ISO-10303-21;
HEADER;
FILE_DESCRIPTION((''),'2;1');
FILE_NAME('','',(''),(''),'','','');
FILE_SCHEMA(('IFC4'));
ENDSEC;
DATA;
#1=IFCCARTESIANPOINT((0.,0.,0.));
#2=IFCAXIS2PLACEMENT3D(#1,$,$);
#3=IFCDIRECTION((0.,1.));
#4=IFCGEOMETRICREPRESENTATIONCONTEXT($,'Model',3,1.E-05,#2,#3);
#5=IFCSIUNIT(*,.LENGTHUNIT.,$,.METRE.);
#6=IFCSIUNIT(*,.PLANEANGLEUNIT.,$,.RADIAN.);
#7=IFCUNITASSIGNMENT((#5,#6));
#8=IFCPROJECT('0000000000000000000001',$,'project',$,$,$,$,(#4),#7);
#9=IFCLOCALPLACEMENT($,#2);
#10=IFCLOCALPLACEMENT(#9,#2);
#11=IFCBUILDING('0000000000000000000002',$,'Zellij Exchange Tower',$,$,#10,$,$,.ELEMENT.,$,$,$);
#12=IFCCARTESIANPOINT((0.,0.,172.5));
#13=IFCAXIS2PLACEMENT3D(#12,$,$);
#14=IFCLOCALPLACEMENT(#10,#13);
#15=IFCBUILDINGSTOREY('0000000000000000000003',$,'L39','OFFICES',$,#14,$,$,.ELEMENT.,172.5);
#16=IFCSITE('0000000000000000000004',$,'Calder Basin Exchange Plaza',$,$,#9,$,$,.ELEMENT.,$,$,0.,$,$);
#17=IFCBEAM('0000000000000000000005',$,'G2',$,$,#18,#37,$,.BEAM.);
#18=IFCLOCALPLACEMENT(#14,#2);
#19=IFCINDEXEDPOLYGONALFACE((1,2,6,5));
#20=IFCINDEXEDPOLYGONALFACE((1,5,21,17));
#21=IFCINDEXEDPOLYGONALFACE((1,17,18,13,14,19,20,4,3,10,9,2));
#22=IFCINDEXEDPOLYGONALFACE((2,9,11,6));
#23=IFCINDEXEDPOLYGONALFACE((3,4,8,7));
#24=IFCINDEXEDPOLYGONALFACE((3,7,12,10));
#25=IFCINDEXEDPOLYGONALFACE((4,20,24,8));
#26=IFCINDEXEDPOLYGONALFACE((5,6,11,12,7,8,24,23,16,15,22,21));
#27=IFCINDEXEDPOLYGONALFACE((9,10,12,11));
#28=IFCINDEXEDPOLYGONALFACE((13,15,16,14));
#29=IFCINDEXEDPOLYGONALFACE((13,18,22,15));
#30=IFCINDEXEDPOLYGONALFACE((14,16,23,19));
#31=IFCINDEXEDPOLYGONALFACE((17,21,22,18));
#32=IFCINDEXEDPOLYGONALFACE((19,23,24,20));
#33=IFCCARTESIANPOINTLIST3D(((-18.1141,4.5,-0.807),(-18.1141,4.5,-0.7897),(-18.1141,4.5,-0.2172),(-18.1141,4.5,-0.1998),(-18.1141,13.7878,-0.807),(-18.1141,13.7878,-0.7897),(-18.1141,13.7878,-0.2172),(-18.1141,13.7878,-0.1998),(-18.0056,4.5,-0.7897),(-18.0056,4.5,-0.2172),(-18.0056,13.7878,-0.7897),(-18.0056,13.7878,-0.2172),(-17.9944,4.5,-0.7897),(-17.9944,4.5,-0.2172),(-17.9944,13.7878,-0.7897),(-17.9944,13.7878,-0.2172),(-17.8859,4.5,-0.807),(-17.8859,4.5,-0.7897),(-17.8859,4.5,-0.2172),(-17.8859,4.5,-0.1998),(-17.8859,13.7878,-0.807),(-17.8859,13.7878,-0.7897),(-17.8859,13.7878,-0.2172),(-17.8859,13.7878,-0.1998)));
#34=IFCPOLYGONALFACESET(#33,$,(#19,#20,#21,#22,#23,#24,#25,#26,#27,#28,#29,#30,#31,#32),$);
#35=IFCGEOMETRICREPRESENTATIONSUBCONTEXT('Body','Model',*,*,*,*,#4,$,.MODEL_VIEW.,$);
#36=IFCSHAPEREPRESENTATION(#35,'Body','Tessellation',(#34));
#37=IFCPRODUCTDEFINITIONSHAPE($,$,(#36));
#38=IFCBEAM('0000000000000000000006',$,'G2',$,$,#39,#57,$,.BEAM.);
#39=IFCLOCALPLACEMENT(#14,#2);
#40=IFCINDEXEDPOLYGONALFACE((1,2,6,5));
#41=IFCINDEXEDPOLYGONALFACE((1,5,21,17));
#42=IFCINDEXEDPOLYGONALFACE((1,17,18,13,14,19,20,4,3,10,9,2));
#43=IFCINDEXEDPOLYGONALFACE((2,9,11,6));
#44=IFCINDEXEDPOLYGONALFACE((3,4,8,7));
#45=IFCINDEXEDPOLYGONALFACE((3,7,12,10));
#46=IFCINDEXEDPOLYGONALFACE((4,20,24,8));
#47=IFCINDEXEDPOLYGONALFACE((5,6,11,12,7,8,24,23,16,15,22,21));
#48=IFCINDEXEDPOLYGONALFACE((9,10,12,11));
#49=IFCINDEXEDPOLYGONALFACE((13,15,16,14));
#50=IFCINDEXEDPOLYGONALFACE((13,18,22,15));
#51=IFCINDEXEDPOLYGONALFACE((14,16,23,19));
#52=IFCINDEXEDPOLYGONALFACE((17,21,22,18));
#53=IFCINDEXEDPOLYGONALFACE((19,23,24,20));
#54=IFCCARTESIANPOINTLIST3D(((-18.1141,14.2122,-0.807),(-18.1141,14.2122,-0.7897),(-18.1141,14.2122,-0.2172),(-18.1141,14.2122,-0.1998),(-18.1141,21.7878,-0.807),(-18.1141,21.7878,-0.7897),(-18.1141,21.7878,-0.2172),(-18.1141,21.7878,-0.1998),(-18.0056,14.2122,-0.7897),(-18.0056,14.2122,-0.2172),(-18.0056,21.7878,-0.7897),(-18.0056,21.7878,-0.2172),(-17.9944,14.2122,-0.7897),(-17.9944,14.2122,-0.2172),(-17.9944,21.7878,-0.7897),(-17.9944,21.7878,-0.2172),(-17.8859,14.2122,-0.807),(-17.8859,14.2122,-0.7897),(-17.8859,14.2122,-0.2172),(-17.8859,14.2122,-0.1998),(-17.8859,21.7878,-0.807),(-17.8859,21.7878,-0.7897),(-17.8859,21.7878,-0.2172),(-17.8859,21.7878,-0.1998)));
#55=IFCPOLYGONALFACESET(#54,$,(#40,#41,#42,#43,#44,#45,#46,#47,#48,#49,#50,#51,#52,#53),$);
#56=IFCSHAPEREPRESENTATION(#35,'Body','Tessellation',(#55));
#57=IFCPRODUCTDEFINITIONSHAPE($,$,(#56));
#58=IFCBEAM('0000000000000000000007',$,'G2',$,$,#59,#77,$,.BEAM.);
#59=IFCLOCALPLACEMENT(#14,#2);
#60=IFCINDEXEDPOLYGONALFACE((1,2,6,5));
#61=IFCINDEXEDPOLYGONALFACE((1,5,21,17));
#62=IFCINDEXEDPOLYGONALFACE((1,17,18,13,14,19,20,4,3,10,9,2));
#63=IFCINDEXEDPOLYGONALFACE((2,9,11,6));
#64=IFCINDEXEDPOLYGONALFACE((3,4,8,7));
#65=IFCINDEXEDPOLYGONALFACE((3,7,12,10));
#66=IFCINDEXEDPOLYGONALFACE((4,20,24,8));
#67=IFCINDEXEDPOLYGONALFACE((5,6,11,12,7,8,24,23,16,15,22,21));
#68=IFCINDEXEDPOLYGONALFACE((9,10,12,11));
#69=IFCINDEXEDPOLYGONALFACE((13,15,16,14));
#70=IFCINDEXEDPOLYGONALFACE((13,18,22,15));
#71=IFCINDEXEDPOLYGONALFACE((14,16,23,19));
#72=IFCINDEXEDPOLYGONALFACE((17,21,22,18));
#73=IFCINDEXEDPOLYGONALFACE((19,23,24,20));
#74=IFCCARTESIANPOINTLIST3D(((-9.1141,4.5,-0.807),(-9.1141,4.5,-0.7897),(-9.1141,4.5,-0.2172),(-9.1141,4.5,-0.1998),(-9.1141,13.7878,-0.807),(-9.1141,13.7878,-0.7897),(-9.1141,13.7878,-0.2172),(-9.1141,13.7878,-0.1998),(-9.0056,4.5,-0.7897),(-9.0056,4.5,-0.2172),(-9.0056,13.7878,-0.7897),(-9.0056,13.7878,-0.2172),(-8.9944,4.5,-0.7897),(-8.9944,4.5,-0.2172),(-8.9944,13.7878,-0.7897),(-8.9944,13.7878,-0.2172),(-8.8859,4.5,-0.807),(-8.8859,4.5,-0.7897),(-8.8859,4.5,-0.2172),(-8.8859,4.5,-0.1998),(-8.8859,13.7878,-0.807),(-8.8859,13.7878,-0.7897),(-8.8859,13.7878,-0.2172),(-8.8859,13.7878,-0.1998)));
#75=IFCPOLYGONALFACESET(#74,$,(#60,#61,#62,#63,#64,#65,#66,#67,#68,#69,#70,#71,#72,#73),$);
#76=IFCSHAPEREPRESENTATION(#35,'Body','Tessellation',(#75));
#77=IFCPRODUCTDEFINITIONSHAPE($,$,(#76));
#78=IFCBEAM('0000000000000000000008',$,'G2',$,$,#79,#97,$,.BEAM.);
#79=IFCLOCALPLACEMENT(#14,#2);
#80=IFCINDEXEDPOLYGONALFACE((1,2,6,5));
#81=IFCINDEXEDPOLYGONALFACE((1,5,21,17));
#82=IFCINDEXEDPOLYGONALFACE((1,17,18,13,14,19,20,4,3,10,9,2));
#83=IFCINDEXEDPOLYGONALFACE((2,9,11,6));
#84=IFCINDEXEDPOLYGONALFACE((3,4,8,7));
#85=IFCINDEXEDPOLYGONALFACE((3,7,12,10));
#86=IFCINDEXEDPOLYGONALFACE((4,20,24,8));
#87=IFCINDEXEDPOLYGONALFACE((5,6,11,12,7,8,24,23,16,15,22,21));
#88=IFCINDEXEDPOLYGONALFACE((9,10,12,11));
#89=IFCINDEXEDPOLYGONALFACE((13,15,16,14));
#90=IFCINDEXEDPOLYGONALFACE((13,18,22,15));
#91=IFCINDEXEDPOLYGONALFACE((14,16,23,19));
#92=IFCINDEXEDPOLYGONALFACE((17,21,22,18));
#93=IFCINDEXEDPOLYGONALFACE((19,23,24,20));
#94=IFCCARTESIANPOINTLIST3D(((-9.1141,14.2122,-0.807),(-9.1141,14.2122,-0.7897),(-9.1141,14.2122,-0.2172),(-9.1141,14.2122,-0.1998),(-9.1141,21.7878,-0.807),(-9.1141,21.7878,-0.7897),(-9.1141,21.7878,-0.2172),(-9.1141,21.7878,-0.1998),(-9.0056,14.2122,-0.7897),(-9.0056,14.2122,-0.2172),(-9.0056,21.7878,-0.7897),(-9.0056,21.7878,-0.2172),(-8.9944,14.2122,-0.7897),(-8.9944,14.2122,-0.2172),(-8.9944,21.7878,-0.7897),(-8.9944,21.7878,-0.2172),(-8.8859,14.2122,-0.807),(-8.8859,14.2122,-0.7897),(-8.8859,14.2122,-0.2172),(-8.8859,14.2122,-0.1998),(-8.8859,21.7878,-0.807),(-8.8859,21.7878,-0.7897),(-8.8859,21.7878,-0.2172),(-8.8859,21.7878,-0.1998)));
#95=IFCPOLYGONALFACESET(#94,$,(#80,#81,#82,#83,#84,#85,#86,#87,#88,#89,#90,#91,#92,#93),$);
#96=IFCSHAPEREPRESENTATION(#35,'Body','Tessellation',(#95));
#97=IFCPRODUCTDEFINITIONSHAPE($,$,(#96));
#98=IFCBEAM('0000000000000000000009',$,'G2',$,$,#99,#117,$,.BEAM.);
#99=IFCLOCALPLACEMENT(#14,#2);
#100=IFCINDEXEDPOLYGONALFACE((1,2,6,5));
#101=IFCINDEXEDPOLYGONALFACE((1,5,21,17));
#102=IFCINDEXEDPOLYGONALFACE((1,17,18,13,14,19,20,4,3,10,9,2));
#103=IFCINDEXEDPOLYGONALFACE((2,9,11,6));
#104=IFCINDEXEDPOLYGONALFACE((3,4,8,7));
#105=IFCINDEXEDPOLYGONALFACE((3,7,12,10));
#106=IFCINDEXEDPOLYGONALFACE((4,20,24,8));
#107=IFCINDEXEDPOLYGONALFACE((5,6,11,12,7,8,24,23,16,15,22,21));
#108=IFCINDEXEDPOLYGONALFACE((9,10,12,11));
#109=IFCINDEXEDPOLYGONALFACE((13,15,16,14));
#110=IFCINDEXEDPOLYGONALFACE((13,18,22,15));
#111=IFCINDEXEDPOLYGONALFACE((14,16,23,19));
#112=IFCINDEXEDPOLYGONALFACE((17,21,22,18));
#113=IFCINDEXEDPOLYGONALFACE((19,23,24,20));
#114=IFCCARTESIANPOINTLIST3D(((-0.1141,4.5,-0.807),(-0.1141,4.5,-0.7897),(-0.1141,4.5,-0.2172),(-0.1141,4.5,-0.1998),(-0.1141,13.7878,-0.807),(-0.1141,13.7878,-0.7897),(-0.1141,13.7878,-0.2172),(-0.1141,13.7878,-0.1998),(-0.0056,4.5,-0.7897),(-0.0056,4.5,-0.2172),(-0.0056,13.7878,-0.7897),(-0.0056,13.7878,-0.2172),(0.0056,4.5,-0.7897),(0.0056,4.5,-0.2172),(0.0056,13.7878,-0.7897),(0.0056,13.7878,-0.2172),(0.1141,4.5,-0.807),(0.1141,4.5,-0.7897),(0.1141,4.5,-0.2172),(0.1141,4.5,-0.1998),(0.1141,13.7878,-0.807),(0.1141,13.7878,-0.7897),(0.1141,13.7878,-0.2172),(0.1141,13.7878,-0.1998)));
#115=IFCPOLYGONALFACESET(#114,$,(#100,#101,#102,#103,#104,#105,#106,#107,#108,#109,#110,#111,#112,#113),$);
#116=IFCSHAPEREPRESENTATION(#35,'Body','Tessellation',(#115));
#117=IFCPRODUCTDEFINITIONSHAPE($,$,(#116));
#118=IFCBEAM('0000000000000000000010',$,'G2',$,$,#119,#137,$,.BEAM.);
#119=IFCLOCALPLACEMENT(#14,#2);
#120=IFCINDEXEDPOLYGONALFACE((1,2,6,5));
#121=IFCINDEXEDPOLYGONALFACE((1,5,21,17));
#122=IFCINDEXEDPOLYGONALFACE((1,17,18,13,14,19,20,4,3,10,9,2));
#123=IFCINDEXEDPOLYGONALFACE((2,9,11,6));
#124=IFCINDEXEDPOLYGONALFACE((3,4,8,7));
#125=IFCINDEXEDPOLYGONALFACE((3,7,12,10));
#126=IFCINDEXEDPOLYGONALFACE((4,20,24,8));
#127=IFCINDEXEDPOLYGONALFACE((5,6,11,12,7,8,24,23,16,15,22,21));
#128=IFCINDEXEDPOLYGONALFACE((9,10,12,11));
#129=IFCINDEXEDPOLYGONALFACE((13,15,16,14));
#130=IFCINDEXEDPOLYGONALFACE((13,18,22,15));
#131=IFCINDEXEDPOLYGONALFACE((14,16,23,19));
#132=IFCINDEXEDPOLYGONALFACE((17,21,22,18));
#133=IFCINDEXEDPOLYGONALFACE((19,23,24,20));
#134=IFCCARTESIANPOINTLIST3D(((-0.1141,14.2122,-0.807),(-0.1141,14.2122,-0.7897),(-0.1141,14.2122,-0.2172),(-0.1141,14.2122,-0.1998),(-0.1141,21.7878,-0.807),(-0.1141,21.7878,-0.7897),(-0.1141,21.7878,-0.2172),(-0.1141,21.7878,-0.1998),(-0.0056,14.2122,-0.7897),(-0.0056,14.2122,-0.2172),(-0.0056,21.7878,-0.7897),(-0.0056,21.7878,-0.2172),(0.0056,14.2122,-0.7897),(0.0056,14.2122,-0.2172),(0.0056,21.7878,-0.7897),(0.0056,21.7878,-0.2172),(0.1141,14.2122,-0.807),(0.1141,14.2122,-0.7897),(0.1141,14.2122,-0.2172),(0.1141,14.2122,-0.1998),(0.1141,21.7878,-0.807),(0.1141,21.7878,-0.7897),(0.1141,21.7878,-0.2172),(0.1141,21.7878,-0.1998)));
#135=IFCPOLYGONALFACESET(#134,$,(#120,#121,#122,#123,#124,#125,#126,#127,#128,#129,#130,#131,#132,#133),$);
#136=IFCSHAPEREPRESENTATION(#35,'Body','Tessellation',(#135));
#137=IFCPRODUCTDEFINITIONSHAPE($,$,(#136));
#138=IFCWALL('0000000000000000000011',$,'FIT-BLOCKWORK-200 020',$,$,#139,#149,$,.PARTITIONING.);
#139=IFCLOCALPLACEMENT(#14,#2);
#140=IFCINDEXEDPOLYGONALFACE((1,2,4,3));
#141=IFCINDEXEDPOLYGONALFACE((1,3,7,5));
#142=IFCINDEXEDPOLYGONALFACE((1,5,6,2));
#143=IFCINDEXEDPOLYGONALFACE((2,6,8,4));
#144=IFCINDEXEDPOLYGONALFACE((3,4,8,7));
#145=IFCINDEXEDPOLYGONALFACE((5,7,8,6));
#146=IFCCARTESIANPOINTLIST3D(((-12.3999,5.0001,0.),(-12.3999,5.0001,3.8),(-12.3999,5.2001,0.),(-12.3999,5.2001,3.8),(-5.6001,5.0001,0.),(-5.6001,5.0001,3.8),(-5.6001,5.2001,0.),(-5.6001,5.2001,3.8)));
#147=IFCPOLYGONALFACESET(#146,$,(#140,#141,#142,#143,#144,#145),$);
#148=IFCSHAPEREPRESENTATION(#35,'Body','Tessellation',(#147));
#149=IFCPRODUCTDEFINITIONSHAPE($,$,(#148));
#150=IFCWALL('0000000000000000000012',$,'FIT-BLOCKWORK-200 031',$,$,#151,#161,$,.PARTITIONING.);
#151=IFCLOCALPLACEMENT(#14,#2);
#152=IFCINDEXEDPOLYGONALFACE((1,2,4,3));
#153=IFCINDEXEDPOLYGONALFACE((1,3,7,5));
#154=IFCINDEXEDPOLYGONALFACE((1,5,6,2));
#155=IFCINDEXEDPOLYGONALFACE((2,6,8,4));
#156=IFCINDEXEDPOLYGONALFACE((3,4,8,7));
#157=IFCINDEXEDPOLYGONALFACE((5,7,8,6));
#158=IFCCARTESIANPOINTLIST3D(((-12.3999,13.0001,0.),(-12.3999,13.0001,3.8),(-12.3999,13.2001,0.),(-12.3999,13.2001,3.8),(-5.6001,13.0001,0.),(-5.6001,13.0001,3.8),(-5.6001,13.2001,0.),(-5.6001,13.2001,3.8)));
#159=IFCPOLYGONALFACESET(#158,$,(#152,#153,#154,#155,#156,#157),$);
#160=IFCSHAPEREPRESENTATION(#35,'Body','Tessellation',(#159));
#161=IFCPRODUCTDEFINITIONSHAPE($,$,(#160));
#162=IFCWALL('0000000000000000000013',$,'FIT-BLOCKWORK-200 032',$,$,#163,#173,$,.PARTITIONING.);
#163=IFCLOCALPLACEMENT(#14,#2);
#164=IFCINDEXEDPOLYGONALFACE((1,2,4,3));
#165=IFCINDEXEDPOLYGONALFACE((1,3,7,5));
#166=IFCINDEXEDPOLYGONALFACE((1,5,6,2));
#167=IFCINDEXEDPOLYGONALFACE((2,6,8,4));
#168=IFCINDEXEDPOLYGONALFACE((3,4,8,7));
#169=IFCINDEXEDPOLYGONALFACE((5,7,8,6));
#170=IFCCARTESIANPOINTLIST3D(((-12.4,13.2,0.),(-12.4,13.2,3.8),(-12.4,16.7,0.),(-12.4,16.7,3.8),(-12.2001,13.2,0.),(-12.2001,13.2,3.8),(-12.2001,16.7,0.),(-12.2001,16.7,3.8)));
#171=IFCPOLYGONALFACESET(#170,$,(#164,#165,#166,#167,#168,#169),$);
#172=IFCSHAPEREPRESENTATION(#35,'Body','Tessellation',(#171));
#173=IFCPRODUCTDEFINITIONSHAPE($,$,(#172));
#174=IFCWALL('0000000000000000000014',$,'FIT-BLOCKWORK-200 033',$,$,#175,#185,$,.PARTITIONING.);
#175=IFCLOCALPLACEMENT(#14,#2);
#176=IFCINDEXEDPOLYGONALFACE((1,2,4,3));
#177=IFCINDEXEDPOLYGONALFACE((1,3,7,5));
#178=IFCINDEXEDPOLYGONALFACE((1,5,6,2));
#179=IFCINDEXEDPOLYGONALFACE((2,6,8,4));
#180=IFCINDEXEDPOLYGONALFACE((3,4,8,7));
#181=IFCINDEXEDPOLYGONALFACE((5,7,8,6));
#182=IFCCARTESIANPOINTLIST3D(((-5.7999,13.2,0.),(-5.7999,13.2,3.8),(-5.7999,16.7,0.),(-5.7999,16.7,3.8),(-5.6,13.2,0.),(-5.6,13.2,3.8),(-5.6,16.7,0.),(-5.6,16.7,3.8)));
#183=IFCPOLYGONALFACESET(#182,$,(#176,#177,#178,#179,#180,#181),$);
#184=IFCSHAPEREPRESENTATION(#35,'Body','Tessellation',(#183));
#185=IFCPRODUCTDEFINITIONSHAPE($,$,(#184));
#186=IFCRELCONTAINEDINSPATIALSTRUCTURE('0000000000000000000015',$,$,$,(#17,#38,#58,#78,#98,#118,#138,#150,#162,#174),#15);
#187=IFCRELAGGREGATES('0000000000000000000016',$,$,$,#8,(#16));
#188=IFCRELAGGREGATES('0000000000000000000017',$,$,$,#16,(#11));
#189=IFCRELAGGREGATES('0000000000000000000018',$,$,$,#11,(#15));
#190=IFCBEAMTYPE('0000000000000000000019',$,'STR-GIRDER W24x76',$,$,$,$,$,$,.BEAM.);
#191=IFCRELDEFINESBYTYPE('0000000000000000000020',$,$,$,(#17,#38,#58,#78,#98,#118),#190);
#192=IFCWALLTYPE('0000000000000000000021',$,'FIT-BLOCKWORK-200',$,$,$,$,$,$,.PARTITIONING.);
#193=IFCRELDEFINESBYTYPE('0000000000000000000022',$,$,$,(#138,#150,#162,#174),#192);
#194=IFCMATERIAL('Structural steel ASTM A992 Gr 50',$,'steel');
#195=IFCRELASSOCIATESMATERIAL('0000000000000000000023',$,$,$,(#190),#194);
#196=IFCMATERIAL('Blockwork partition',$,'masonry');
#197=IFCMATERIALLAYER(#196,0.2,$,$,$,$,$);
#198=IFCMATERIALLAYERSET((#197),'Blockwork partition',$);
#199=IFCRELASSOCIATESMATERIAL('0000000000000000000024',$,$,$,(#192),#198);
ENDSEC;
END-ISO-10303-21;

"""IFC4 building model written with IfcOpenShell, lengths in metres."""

from ifc_helpers import new_model, si_unit, direction, frame, frame_2d, origin, origin_2d, place, context, subcontext, project, spatial, rectangle, i_section, extrude, material, layer, layer_set, material_profile, profile_set, type_object, element, save


model = new_model("IFC4")

# Units and contexts
model_context = context("Model", 3, precision=1e-05, world=origin(), true_north=direction((0.0, 1.0)))
body_context = subcontext(model_context, "Body", "Model", "MODEL_VIEW")
ifc_project = project(units=[si_unit("LENGTHUNIT", "METRE"), si_unit("PLANEANGLEUNIT", "RADIAN")], contexts=[model_context])

# Site, building, storey
site_placement = place(None, origin())
site = spatial("IfcSite", under=ifc_project, at=site_placement, Name="Calder Basin Exchange Plaza", CompositionType="ELEMENT", RefElevation=0.0)
building_placement = place(site_placement, origin())
building = spatial("IfcBuilding", under=site, at=building_placement, Name="Zellij Exchange Tower", CompositionType="ELEMENT")
storey_placement = place(building_placement, frame((0.0, 0.0, 172.5)))
storey = spatial("IfcBuildingStorey", under=building, at=storey_placement, Name="L39", Description="OFFICES", CompositionType="ELEMENT", Elevation=172.5)

# Beams
ifc_material_1 = material(Name="Structural steel ASTM A992 Gr 50", Category="steel")
ifc_material_profile_1 = material_profile(ifc_material_1, i_section(OverallWidth=0.2283, OverallDepth=0.6072, WebThickness=0.0112, FlangeThickness=0.0173, at=origin_2d()), Name="W24x76")
ifc_profile_set_1 = profile_set([ifc_material_profile_1], Name="Structural steel ASTM A992 Gr 50")
beam_type = type_object("IfcBeamType", Name="STR-GIRDER W24x76", PredefinedType="BEAM", material=ifc_profile_set_1)
beam_1_placement = place(storey_placement, frame((-18.0, 4.5, -0.5034), z_axis=(0.0, 1.0, 0.0), x_axis=(-1.0, 0.0, 0.0)))
element("IfcBeam", 1, at=beam_1_placement, inside=storey, type_object=beam_type, Name="G2", PredefinedType="BEAM", context=body_context, shape_type="SweptSolid", body=[
    extrude(i_section(OverallWidth=0.2283, OverallDepth=0.6072, WebThickness=0.0112, FlangeThickness=0.0173, at=origin_2d()), origin(), (0.0, 0.0, 1.0), 9.2878),
])
beam_2_placement = place(storey_placement, frame((-18.0, 14.2122, -0.5034), z_axis=(0.0, 1.0, 0.0), x_axis=(-1.0, 0.0, 0.0)))
element("IfcBeam", 2, at=beam_2_placement, inside=storey, type_object=beam_type, Name="G2", PredefinedType="BEAM", context=body_context, shape_type="SweptSolid", body=[
    extrude(i_section(OverallWidth=0.2283, OverallDepth=0.6072, WebThickness=0.0112, FlangeThickness=0.0173, at=origin_2d()), origin(), (0.0, 0.0, 1.0), 7.5757),
])
beam_3_placement = place(storey_placement, frame((-9.0, 4.5, -0.5034), z_axis=(0.0, 1.0, 0.0), x_axis=(-1.0, 0.0, 0.0)))
element("IfcBeam", 3, at=beam_3_placement, inside=storey, type_object=beam_type, Name="G2", PredefinedType="BEAM", context=body_context, shape_type="SweptSolid", body=[
    extrude(i_section(OverallWidth=0.2283, OverallDepth=0.6072, WebThickness=0.0112, FlangeThickness=0.0173, at=origin_2d()), origin(), (0.0, 0.0, 1.0), 9.2878),
])
beam_4_placement = place(storey_placement, frame((-9.0, 14.2122, -0.5034), z_axis=(0.0, 1.0, 0.0), x_axis=(-1.0, 0.0, 0.0)))
element("IfcBeam", 4, at=beam_4_placement, inside=storey, type_object=beam_type, Name="G2", PredefinedType="BEAM", context=body_context, shape_type="SweptSolid", body=[
    extrude(i_section(OverallWidth=0.2283, OverallDepth=0.6072, WebThickness=0.0112, FlangeThickness=0.0173, at=origin_2d()), origin(), (0.0, 0.0, 1.0), 7.5757),
])
beam_5_placement = place(storey_placement, frame((0.0, 4.5, -0.5034), z_axis=(0.0, 1.0, 0.0), x_axis=(-1.0, 0.0, 0.0)))
element("IfcBeam", 5, at=beam_5_placement, inside=storey, type_object=beam_type, Name="G2", PredefinedType="BEAM", context=body_context, shape_type="SweptSolid", body=[
    extrude(i_section(OverallWidth=0.2283, OverallDepth=0.6072, WebThickness=0.0112, FlangeThickness=0.0173, at=origin_2d()), origin(), (0.0, 0.0, 1.0), 9.2878),
])
beam_6_placement = place(storey_placement, frame((0.0, 14.2122, -0.5034), z_axis=(0.0, 1.0, 0.0), x_axis=(-1.0, 0.0, 0.0)))
element("IfcBeam", 6, at=beam_6_placement, inside=storey, type_object=beam_type, Name="G2", PredefinedType="BEAM", context=body_context, shape_type="SweptSolid", body=[
    extrude(i_section(OverallWidth=0.2283, OverallDepth=0.6072, WebThickness=0.0112, FlangeThickness=0.0173, at=origin_2d()), origin(), (0.0, 0.0, 1.0), 7.5757),
])

# Walls
ifc_material_2 = material(Name="Blockwork partition", Category="masonry")
ifc_layer_1 = layer(ifc_material_2, 0.2)
ifc_layer_set_1 = layer_set([ifc_layer_1], Name="Blockwork partition")
wall_type_1 = type_object("IfcWallType", Name="FIT-BLOCKWORK-200", PredefinedType="PARTITIONING", material=ifc_layer_set_1)
for number, where, z_axis, x_axis, name in (
    (7, (-12.3999, 5.1001, 0.0), (0.0, 0.0, 1.0), (1.0, 0.0, 0.0), "FIT-BLOCKWORK-200 020"),
    (8, (-12.3999, 13.1001, 0.0), (0.0, 0.0, 1.0), (1.0, 0.0, 0.0), "FIT-BLOCKWORK-200 031"),
):
    element("IfcWall", number, at=place(storey_placement, frame(where, z_axis=z_axis, x_axis=x_axis)), inside=storey, type_object=wall_type_1, Name=name, PredefinedType="PARTITIONING", context=body_context, shape_type="SweptSolid", body=[
        extrude(rectangle(XDim=6.7998, YDim=0.2, at=frame_2d((3.3999, 0.0))), origin(), (0.0, 0.0, 1.0), 3.8),
    ])
for number, where, z_axis, x_axis, name in (
    (9, (-12.3, 13.2, 0.0), (0.0, 0.0, 1.0), (0.0, 1.0, 0.0), "FIT-BLOCKWORK-200 032"),
    (10, (-5.7, 13.2, 0.0), (0.0, 0.0, 1.0), (0.0, 1.0, 0.0), "FIT-BLOCKWORK-200 033"),
):
    element("IfcWall", number, at=place(storey_placement, frame(where, z_axis=z_axis, x_axis=x_axis)), inside=storey, type_object=wall_type_1, Name=name, PredefinedType="PARTITIONING", context=body_context, shape_type="SweptSolid", body=[
        extrude(rectangle(XDim=3.5, YDim=0.2, at=frame_2d((1.75, 0.0))), origin(), (0.0, 0.0, 1.0), 3.8),
    ])

save(model, "model.ifc")
